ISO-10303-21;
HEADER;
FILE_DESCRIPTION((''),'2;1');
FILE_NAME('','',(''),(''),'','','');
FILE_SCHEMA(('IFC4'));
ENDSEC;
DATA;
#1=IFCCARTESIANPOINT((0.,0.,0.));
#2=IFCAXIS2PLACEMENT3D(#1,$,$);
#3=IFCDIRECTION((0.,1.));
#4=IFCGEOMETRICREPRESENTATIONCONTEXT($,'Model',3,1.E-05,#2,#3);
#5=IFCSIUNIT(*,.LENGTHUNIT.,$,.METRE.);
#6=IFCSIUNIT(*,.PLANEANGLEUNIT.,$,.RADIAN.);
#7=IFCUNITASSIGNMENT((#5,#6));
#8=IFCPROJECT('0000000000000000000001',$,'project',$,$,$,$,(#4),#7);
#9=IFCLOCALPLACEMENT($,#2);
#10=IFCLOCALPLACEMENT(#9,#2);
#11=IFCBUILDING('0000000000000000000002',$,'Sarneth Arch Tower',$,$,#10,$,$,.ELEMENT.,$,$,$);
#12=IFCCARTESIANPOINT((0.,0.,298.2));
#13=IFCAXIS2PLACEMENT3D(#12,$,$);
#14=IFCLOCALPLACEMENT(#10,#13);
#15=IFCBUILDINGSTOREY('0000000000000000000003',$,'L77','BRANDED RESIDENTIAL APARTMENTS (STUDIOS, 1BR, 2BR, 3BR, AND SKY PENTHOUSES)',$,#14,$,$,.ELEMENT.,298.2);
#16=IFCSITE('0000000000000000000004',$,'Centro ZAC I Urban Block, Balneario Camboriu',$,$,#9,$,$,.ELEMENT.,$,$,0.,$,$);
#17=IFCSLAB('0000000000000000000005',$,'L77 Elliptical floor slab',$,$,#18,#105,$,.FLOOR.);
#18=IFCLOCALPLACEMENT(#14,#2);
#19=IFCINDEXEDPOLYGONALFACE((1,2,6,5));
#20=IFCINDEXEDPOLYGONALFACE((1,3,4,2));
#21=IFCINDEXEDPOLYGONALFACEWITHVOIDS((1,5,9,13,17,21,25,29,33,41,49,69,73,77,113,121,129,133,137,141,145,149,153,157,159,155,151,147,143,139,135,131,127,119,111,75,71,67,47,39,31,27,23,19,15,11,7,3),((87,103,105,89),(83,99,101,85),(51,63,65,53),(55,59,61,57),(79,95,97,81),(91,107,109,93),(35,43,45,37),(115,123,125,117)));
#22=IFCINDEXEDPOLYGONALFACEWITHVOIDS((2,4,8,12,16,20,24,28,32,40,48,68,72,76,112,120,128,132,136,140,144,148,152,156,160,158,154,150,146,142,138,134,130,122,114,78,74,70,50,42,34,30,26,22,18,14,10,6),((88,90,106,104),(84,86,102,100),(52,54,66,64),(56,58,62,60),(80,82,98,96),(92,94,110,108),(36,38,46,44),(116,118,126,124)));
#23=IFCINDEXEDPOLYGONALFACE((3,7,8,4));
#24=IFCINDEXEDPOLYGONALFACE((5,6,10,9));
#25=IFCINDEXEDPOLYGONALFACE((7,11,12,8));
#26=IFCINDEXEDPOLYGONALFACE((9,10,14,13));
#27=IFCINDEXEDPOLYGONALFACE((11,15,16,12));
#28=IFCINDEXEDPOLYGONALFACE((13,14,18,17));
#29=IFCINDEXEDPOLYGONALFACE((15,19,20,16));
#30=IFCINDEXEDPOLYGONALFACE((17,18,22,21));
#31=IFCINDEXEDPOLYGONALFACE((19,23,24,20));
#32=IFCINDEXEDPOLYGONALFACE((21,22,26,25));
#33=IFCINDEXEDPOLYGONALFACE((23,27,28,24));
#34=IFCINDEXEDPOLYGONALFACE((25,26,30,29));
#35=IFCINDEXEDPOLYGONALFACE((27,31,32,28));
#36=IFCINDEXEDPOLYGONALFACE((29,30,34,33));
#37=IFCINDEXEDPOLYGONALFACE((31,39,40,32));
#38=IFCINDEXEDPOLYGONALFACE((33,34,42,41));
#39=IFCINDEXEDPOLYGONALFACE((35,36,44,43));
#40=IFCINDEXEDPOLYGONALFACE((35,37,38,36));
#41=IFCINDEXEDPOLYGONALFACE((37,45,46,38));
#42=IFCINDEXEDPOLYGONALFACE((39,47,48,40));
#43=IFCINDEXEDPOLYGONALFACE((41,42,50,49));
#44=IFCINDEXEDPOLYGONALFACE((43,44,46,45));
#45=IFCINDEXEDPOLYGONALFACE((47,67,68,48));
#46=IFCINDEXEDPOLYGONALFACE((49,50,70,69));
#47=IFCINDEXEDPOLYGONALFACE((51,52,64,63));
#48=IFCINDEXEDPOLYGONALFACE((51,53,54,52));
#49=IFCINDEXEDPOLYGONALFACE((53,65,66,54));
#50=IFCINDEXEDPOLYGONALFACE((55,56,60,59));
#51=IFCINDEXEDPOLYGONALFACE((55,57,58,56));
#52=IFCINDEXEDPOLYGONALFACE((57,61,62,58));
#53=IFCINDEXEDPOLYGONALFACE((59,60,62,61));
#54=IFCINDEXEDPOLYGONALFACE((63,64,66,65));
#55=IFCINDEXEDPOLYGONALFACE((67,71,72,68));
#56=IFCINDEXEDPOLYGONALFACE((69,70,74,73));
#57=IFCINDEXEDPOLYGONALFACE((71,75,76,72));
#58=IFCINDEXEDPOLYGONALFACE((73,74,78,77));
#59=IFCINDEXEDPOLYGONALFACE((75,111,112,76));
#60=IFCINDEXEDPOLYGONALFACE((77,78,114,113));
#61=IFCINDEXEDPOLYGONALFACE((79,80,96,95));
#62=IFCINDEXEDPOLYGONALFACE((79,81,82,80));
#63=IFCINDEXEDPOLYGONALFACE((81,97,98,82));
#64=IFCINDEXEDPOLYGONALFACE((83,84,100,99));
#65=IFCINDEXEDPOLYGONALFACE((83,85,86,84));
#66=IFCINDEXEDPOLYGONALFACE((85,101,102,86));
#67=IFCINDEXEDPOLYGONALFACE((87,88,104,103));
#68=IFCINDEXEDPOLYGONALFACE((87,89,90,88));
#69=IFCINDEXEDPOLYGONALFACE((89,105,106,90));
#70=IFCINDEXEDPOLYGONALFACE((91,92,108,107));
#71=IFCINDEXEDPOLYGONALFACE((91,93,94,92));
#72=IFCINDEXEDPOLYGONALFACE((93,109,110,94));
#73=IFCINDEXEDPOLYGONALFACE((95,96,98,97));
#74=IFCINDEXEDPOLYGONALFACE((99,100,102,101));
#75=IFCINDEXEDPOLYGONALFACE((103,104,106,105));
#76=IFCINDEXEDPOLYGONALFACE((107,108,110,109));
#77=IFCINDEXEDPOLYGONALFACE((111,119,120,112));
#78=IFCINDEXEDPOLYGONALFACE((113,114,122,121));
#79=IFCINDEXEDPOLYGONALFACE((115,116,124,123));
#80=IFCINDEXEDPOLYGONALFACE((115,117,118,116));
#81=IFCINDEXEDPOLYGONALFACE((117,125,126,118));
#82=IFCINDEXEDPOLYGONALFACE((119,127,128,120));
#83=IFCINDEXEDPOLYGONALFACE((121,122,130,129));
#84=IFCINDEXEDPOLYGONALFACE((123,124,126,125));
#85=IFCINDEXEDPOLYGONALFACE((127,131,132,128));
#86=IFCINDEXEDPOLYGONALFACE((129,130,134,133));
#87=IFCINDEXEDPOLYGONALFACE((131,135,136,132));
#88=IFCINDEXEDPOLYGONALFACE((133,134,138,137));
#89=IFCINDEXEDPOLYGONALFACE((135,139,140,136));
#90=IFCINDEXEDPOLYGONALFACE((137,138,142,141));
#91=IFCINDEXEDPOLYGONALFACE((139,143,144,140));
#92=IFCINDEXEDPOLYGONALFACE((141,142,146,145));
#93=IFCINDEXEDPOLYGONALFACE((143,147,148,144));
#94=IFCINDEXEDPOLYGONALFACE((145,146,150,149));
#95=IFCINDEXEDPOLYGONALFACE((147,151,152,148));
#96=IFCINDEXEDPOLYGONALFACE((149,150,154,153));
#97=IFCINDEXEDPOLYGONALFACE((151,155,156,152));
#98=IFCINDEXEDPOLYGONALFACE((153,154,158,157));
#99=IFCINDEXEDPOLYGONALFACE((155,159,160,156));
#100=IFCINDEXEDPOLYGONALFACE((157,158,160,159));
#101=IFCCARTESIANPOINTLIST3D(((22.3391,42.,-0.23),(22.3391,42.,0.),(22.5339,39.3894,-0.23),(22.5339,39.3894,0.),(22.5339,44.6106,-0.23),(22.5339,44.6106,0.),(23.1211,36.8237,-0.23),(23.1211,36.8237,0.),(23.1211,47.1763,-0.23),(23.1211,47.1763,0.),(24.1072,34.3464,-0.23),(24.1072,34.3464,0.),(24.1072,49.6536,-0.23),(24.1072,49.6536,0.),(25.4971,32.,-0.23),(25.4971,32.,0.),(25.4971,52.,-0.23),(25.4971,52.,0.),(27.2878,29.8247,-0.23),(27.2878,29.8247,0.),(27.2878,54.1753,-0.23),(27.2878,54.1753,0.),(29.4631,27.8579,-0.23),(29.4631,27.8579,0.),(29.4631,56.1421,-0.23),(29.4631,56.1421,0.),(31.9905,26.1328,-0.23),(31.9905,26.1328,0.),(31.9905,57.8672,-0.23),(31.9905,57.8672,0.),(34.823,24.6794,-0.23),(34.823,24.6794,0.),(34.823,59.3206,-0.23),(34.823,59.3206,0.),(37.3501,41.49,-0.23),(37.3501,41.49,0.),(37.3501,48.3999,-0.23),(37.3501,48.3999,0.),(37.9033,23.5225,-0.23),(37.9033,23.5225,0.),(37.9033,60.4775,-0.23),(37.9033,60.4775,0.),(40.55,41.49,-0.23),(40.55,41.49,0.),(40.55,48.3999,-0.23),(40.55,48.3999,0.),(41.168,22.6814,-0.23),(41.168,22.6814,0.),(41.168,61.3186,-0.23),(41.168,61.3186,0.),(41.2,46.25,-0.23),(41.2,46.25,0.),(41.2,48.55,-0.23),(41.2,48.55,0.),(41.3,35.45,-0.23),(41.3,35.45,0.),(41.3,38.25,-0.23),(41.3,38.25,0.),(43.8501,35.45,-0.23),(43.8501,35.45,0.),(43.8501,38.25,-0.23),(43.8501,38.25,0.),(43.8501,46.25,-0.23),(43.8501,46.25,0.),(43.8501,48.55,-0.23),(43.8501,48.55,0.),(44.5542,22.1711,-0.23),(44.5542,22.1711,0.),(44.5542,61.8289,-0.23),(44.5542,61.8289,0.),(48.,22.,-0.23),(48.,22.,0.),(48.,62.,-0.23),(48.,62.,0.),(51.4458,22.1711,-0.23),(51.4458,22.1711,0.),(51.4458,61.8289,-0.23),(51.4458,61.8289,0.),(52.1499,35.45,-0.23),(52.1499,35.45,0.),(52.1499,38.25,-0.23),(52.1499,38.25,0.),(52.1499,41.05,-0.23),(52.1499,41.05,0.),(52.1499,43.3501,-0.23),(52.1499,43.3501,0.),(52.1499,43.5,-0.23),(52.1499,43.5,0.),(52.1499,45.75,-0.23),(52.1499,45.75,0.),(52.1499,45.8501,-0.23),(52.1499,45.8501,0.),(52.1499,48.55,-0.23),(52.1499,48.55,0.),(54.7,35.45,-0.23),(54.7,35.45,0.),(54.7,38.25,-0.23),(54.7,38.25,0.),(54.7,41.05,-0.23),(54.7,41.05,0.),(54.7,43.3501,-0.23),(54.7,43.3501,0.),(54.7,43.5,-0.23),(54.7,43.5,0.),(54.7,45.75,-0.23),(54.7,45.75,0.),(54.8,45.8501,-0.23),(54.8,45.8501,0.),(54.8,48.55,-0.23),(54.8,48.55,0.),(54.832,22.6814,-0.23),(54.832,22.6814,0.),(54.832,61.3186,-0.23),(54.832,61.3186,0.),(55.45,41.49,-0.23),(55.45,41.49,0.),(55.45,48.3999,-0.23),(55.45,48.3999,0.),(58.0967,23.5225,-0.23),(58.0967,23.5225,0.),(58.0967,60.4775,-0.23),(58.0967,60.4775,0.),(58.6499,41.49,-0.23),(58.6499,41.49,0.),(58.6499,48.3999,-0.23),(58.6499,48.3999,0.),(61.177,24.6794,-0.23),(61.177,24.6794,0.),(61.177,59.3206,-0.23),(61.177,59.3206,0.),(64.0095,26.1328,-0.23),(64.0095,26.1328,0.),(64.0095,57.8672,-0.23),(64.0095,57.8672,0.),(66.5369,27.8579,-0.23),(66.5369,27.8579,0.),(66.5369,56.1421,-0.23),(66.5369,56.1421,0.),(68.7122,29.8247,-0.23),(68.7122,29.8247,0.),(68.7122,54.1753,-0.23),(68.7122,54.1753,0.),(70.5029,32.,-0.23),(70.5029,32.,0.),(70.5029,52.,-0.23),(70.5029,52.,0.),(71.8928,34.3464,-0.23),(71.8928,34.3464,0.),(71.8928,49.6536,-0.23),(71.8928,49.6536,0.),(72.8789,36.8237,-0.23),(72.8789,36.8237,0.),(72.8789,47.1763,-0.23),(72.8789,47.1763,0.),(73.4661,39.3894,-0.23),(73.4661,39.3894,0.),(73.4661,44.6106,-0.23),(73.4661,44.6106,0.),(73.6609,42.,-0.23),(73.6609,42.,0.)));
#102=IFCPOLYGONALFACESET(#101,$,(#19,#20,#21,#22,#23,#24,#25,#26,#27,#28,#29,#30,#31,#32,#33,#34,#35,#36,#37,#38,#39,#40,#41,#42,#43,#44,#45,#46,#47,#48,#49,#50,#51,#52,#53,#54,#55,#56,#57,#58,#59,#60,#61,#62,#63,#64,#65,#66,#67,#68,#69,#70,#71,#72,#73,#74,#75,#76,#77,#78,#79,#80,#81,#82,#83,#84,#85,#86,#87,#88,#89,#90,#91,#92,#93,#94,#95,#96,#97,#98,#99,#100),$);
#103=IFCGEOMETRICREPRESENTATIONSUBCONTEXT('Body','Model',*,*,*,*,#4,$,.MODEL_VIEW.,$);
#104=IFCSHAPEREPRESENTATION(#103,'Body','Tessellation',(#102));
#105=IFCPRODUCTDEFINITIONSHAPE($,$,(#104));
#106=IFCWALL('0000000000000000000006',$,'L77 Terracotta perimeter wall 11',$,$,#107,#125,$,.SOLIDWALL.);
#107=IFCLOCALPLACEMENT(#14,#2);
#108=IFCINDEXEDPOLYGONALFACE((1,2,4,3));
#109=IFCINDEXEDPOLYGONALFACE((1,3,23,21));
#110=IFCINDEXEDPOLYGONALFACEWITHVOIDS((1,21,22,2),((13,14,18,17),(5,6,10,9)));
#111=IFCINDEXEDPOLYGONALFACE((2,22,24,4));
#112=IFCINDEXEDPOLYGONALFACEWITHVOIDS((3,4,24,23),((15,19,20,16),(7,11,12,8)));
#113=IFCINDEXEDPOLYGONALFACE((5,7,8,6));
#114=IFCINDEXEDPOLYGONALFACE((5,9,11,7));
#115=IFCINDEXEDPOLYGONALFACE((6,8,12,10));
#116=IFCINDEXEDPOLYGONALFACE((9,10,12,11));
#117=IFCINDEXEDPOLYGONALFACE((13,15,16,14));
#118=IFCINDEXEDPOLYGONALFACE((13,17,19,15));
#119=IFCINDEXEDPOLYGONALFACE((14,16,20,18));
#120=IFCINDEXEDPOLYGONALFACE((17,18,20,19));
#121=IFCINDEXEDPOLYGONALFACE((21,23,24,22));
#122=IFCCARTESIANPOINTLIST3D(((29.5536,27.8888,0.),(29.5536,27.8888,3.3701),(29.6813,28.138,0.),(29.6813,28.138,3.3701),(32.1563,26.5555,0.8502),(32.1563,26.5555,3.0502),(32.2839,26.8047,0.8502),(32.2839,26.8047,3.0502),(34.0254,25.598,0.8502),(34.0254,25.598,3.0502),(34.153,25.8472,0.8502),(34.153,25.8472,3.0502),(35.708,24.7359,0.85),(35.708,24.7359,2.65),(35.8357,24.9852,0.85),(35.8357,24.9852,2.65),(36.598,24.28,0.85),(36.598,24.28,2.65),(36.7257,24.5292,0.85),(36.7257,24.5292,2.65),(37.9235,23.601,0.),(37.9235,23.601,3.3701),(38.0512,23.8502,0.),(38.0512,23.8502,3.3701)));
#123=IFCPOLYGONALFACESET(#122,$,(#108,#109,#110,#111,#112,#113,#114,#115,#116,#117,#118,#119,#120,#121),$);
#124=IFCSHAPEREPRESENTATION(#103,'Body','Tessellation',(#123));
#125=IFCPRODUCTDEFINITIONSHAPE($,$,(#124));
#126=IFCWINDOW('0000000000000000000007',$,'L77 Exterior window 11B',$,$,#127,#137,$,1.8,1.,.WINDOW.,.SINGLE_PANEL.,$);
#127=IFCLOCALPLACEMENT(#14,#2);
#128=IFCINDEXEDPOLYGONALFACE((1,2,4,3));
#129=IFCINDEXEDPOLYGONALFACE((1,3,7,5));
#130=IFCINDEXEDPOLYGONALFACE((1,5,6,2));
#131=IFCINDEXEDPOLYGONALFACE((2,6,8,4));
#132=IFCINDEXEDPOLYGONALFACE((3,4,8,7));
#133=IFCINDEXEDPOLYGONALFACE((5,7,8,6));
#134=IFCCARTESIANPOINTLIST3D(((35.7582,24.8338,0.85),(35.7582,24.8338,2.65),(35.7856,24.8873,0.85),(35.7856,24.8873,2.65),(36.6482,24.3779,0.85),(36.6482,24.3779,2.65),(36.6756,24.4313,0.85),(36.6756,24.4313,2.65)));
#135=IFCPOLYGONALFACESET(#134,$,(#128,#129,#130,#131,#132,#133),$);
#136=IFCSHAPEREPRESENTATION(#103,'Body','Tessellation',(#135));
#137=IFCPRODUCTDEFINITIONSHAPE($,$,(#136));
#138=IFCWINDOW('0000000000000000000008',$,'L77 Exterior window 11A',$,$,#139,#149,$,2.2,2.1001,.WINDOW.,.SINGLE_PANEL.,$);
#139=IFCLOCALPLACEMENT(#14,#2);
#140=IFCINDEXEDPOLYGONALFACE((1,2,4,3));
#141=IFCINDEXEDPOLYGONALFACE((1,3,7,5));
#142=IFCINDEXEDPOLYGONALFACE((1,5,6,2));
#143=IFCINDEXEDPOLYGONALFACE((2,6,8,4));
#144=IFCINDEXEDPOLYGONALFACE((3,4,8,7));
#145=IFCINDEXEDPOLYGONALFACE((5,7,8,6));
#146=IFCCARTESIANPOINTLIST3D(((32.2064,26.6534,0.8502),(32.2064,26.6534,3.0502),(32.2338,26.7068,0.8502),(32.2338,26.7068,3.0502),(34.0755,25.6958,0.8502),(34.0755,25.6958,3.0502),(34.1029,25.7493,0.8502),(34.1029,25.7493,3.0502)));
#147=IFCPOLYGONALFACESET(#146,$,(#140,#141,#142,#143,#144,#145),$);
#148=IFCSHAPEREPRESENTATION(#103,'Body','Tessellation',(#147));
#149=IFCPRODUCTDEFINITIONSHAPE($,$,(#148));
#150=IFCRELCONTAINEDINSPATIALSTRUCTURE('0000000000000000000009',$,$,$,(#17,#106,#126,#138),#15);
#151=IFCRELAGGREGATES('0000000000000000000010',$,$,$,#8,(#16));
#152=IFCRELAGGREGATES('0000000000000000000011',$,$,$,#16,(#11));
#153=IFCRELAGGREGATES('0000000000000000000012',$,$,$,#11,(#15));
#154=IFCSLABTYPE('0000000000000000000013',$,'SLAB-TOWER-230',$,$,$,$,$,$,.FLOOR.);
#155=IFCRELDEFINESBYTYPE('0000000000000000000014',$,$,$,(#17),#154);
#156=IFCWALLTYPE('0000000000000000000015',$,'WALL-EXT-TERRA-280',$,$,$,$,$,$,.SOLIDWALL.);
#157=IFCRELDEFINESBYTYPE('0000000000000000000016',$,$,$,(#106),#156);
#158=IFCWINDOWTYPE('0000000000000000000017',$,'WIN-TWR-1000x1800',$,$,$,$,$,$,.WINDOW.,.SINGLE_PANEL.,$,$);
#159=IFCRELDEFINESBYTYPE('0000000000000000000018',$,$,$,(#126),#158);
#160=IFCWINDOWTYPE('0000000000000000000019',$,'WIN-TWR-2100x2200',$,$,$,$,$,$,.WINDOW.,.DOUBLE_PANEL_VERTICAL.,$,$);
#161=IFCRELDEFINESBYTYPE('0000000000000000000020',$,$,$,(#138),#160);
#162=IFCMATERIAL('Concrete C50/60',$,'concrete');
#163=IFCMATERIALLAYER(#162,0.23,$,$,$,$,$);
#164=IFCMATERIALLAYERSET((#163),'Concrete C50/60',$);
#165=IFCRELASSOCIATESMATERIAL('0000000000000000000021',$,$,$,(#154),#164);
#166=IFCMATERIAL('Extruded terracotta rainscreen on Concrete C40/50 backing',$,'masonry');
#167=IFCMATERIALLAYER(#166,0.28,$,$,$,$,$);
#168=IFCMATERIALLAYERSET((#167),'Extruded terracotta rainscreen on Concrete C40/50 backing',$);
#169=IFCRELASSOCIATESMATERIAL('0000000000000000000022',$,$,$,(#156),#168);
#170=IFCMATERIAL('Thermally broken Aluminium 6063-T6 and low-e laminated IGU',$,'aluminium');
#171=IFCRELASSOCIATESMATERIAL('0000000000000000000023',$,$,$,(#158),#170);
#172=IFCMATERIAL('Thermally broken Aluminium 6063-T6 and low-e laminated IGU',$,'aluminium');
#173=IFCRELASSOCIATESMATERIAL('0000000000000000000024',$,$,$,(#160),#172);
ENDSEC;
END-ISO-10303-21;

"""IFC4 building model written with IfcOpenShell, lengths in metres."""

from ifc_helpers import new_model, si_unit, direction, frame, frame_2d, origin, place, context, subcontext, project, spatial, polyline, rectangle, outline, extrude, material, layer, layer_set, type_object, element, fill, save


model = new_model("IFC4")

# Units and contexts
model_context = context("Model", 3, precision=1e-05, world=origin(), true_north=direction((0.0, 1.0)))
body_context = subcontext(model_context, "Body", "Model", "MODEL_VIEW")
ifc_project = project(units=[si_unit("LENGTHUNIT", "METRE"), si_unit("PLANEANGLEUNIT", "RADIAN")], contexts=[model_context])

# Site, building, storey
site_placement = place(None, origin())
site = spatial("IfcSite", under=ifc_project, at=site_placement, Name="Centro ZAC I Urban Block, Balneario Camboriu", CompositionType="ELEMENT", RefElevation=0.0)
building_placement = place(site_placement, origin())
building = spatial("IfcBuilding", under=site, at=building_placement, Name="Sarneth Arch Tower", CompositionType="ELEMENT")
storey_placement = place(building_placement, frame((0.0, 0.0, 298.2)))
storey = spatial("IfcBuildingStorey", under=building, at=storey_placement, Name="L77", Description="BRANDED RESIDENTIAL APARTMENTS (STUDIOS, 1BR, 2BR, 3BR, AND SKY PENTHOUSES)", CompositionType="ELEMENT", Elevation=298.2)

# Slab
ifc_material_1 = material(Name="Concrete C50/60", Category="concrete")
ifc_layer_1 = layer(ifc_material_1, 0.23)
ifc_layer_set_1 = layer_set([ifc_layer_1], Name="Concrete C50/60")
slab_type_1 = type_object("IfcSlabType", Name="SLAB-TOWER-230", PredefinedType="FLOOR", material=ifc_layer_set_1)
slab_1_placement = place(storey_placement, frame((0.0, 0.0, -0.23)))
element("IfcSlab", 1, at=slab_1_placement, inside=storey, type_object=slab_type_1, Name="L77 Elliptical floor slab", PredefinedType="FLOOR", context=body_context, shape_type="SweptSolid", body=[
    extrude(outline(polyline([(73.6609, 42.0), (73.4661, 44.6106), (72.8789, 47.1763), (71.8928, 49.6536), (70.5029, 52.0), (68.7122, 54.1753), (66.5369, 56.1421), (64.0095, 57.8672), (61.177, 59.3206), (58.0967, 60.4775), (54.832, 61.3186), (51.4458, 61.8289), (48.0, 62.0), (44.5542, 61.8289), (41.168, 61.3186), (37.9033, 60.4775), (34.823, 59.3206), (31.9905, 57.8672), (29.4631, 56.1421), (27.2878, 54.1753), (25.4971, 52.0), (24.1072, 49.6536), (23.1211, 47.1763), (22.5339, 44.6106), (22.3391, 42.0), (22.5339, 39.3894), (23.1211, 36.8237), (24.1072, 34.3464), (25.4971, 32.0), (27.2878, 29.8247), (29.4631, 27.8579), (31.9905, 26.1328), (34.823, 24.6794), (37.9033, 23.5225), (41.168, 22.6814), (44.5542, 22.1711), (48.0, 22.0), (51.4458, 22.1711), (54.832, 22.6814), (58.0967, 23.5225), (61.177, 24.6794), (64.0095, 26.1328), (66.5369, 27.8579), (68.7122, 29.8247), (70.5029, 32.0), (71.8928, 34.3464), (72.8789, 36.8237), (73.4661, 39.3894), (73.6609, 42.0)]), holes=[polyline([(37.3501, 41.49), (40.55, 41.49), (40.55, 48.3999), (37.3501, 48.3999), (37.3501, 41.49)]), polyline([(55.45, 41.49), (58.6499, 41.49), (58.6499, 48.3999), (55.45, 48.3999), (55.45, 41.49)]), polyline([(41.2, 46.25), (43.8501, 46.25), (43.8501, 48.55), (41.2, 48.55), (41.2, 46.25)]), polyline([(41.3, 35.45), (43.8501, 35.45), (43.8501, 38.25), (41.3, 38.25), (41.3, 35.45)]), polyline([(52.1499, 35.45), (54.7, 35.45), (54.7, 38.25), (52.1499, 38.25), (52.1499, 35.45)]), polyline([(52.1499, 45.8501), (54.8, 45.8501), (54.8, 48.55), (52.1499, 48.55), (52.1499, 45.8501)]), polyline([(52.1499, 41.05), (54.7, 41.05), (54.7, 43.3501), (52.1499, 43.3501), (52.1499, 41.05)]), polyline([(52.1499, 43.5), (54.7, 43.5), (54.7, 45.75), (52.1499, 45.75), (52.1499, 43.5)])]), origin(), (0.0, 0.0, 1.0), 0.23),
])

# Wall, openings, windows
ifc_material_2 = material(Name="Extruded terracotta rainscreen on Concrete C40/50 backing", Category="masonry")
ifc_layer_2 = layer(ifc_material_2, 0.28)
ifc_layer_set_2 = layer_set([ifc_layer_2], Name="Extruded terracotta rainscreen on Concrete C40/50 backing")
wall_type = type_object("IfcWallType", Name="WALL-EXT-TERRA-280", PredefinedType="SOLIDWALL", material=ifc_layer_set_2)
wall_placement = place(storey_placement, frame((29.6174, 28.0134, 0.0), z_axis=(0.0, 0.0, 1.0), x_axis=(0.890007, -0.455946, 0.0)))
wall = element("IfcWall", 2, at=wall_placement, inside=storey, type_object=wall_type, Name="L77 Terracotta perimeter wall 11", PredefinedType="SOLIDWALL", context=body_context, shape_type="SweptSolid", body=[
    extrude(rectangle(XDim=9.4043, YDim=0.28, at=frame_2d((4.7021, 0.0))), origin(), (0.0, 0.0, 1.0), 3.3701),
])
opening_1_placement = place(wall_placement, frame((2.9243, 0.0, 0.8501)))
opening_1 = element("IfcOpeningElement", 3, at=opening_1_placement, cuts=wall, PredefinedType="OPENING", context=body_context, shape_type="SweptSolid", body=[
    extrude(rectangle(XDim=2.1001, YDim=2.2, at=frame_2d((1.05, 1.1001))), frame((0.0, 0.1499, 0.0), z_axis=(0.0, -1.0, 0.0), x_axis=(1.0, 0.0, 0.0)), (0.0, 0.0, 1.0), 0.3),
])
opening_2_placement = place(wall_placement, frame((6.915, 0.0, 0.8501)))
opening_2 = element("IfcOpeningElement", 4, at=opening_2_placement, cuts=wall, PredefinedType="OPENING", context=body_context, shape_type="SweptSolid", body=[
    extrude(rectangle(XDim=1.0, YDim=1.8, at=frame_2d((0.5, 0.8999))), frame((0.0, 0.1499, 0.0), z_axis=(0.0, -1.0, 0.0), x_axis=(1.0, 0.0, 0.0)), (0.0, 0.0, 1.0), 0.3),
])
ifc_material_3 = material(Name="Thermally broken Aluminium 6063-T6 and low-e laminated IGU", Category="aluminium")
window_type_1 = type_object("IfcWindowType", Name="WIN-TWR-1000x1800", PartitioningType="SINGLE_PANEL", PredefinedType="WINDOW", material=ifc_material_3)
window_1_placement = place(opening_2_placement, origin())
window_1 = element("IfcWindow", 5, at=window_1_placement, inside=storey, type_object=window_type_1, Name="L77 Exterior window 11B", OverallHeight=1.8, OverallWidth=1.0, PartitioningType="SINGLE_PANEL", PredefinedType="WINDOW", context=body_context, shape_type="SweptSolid", body=[
    extrude(rectangle(XDim=1.0, YDim=1.8, at=frame_2d((0.5, 0.8999))), frame((0.0, 0.03, 0.0), z_axis=(0.0, -1.0, 0.0), x_axis=(1.0, 0.0, 0.0)), (0.0, 0.0, 1.0), 0.0601),
])
fill(opening_2, window_1)
ifc_material_4 = material(Name="Thermally broken Aluminium 6063-T6 and low-e laminated IGU", Category="aluminium")
window_type_2 = type_object("IfcWindowType", Name="WIN-TWR-2100x2200", PartitioningType="DOUBLE_PANEL_VERTICAL", PredefinedType="WINDOW", material=ifc_material_4)
window_2_placement = place(opening_1_placement, origin())
window_2 = element("IfcWindow", 6, at=window_2_placement, inside=storey, type_object=window_type_2, Name="L77 Exterior window 11A", OverallHeight=2.2, OverallWidth=2.1001, PartitioningType="SINGLE_PANEL", PredefinedType="WINDOW", context=body_context, shape_type="SweptSolid", body=[
    extrude(rectangle(XDim=2.1001, YDim=2.2, at=frame_2d((1.05, 1.1001))), frame((0.0, 0.03, 0.0), z_axis=(0.0, -1.0, 0.0), x_axis=(1.0, 0.0, 0.0)), (0.0, 0.0, 1.0), 0.0601),
])
fill(opening_1, window_2)

save(model, "model.ifc")
